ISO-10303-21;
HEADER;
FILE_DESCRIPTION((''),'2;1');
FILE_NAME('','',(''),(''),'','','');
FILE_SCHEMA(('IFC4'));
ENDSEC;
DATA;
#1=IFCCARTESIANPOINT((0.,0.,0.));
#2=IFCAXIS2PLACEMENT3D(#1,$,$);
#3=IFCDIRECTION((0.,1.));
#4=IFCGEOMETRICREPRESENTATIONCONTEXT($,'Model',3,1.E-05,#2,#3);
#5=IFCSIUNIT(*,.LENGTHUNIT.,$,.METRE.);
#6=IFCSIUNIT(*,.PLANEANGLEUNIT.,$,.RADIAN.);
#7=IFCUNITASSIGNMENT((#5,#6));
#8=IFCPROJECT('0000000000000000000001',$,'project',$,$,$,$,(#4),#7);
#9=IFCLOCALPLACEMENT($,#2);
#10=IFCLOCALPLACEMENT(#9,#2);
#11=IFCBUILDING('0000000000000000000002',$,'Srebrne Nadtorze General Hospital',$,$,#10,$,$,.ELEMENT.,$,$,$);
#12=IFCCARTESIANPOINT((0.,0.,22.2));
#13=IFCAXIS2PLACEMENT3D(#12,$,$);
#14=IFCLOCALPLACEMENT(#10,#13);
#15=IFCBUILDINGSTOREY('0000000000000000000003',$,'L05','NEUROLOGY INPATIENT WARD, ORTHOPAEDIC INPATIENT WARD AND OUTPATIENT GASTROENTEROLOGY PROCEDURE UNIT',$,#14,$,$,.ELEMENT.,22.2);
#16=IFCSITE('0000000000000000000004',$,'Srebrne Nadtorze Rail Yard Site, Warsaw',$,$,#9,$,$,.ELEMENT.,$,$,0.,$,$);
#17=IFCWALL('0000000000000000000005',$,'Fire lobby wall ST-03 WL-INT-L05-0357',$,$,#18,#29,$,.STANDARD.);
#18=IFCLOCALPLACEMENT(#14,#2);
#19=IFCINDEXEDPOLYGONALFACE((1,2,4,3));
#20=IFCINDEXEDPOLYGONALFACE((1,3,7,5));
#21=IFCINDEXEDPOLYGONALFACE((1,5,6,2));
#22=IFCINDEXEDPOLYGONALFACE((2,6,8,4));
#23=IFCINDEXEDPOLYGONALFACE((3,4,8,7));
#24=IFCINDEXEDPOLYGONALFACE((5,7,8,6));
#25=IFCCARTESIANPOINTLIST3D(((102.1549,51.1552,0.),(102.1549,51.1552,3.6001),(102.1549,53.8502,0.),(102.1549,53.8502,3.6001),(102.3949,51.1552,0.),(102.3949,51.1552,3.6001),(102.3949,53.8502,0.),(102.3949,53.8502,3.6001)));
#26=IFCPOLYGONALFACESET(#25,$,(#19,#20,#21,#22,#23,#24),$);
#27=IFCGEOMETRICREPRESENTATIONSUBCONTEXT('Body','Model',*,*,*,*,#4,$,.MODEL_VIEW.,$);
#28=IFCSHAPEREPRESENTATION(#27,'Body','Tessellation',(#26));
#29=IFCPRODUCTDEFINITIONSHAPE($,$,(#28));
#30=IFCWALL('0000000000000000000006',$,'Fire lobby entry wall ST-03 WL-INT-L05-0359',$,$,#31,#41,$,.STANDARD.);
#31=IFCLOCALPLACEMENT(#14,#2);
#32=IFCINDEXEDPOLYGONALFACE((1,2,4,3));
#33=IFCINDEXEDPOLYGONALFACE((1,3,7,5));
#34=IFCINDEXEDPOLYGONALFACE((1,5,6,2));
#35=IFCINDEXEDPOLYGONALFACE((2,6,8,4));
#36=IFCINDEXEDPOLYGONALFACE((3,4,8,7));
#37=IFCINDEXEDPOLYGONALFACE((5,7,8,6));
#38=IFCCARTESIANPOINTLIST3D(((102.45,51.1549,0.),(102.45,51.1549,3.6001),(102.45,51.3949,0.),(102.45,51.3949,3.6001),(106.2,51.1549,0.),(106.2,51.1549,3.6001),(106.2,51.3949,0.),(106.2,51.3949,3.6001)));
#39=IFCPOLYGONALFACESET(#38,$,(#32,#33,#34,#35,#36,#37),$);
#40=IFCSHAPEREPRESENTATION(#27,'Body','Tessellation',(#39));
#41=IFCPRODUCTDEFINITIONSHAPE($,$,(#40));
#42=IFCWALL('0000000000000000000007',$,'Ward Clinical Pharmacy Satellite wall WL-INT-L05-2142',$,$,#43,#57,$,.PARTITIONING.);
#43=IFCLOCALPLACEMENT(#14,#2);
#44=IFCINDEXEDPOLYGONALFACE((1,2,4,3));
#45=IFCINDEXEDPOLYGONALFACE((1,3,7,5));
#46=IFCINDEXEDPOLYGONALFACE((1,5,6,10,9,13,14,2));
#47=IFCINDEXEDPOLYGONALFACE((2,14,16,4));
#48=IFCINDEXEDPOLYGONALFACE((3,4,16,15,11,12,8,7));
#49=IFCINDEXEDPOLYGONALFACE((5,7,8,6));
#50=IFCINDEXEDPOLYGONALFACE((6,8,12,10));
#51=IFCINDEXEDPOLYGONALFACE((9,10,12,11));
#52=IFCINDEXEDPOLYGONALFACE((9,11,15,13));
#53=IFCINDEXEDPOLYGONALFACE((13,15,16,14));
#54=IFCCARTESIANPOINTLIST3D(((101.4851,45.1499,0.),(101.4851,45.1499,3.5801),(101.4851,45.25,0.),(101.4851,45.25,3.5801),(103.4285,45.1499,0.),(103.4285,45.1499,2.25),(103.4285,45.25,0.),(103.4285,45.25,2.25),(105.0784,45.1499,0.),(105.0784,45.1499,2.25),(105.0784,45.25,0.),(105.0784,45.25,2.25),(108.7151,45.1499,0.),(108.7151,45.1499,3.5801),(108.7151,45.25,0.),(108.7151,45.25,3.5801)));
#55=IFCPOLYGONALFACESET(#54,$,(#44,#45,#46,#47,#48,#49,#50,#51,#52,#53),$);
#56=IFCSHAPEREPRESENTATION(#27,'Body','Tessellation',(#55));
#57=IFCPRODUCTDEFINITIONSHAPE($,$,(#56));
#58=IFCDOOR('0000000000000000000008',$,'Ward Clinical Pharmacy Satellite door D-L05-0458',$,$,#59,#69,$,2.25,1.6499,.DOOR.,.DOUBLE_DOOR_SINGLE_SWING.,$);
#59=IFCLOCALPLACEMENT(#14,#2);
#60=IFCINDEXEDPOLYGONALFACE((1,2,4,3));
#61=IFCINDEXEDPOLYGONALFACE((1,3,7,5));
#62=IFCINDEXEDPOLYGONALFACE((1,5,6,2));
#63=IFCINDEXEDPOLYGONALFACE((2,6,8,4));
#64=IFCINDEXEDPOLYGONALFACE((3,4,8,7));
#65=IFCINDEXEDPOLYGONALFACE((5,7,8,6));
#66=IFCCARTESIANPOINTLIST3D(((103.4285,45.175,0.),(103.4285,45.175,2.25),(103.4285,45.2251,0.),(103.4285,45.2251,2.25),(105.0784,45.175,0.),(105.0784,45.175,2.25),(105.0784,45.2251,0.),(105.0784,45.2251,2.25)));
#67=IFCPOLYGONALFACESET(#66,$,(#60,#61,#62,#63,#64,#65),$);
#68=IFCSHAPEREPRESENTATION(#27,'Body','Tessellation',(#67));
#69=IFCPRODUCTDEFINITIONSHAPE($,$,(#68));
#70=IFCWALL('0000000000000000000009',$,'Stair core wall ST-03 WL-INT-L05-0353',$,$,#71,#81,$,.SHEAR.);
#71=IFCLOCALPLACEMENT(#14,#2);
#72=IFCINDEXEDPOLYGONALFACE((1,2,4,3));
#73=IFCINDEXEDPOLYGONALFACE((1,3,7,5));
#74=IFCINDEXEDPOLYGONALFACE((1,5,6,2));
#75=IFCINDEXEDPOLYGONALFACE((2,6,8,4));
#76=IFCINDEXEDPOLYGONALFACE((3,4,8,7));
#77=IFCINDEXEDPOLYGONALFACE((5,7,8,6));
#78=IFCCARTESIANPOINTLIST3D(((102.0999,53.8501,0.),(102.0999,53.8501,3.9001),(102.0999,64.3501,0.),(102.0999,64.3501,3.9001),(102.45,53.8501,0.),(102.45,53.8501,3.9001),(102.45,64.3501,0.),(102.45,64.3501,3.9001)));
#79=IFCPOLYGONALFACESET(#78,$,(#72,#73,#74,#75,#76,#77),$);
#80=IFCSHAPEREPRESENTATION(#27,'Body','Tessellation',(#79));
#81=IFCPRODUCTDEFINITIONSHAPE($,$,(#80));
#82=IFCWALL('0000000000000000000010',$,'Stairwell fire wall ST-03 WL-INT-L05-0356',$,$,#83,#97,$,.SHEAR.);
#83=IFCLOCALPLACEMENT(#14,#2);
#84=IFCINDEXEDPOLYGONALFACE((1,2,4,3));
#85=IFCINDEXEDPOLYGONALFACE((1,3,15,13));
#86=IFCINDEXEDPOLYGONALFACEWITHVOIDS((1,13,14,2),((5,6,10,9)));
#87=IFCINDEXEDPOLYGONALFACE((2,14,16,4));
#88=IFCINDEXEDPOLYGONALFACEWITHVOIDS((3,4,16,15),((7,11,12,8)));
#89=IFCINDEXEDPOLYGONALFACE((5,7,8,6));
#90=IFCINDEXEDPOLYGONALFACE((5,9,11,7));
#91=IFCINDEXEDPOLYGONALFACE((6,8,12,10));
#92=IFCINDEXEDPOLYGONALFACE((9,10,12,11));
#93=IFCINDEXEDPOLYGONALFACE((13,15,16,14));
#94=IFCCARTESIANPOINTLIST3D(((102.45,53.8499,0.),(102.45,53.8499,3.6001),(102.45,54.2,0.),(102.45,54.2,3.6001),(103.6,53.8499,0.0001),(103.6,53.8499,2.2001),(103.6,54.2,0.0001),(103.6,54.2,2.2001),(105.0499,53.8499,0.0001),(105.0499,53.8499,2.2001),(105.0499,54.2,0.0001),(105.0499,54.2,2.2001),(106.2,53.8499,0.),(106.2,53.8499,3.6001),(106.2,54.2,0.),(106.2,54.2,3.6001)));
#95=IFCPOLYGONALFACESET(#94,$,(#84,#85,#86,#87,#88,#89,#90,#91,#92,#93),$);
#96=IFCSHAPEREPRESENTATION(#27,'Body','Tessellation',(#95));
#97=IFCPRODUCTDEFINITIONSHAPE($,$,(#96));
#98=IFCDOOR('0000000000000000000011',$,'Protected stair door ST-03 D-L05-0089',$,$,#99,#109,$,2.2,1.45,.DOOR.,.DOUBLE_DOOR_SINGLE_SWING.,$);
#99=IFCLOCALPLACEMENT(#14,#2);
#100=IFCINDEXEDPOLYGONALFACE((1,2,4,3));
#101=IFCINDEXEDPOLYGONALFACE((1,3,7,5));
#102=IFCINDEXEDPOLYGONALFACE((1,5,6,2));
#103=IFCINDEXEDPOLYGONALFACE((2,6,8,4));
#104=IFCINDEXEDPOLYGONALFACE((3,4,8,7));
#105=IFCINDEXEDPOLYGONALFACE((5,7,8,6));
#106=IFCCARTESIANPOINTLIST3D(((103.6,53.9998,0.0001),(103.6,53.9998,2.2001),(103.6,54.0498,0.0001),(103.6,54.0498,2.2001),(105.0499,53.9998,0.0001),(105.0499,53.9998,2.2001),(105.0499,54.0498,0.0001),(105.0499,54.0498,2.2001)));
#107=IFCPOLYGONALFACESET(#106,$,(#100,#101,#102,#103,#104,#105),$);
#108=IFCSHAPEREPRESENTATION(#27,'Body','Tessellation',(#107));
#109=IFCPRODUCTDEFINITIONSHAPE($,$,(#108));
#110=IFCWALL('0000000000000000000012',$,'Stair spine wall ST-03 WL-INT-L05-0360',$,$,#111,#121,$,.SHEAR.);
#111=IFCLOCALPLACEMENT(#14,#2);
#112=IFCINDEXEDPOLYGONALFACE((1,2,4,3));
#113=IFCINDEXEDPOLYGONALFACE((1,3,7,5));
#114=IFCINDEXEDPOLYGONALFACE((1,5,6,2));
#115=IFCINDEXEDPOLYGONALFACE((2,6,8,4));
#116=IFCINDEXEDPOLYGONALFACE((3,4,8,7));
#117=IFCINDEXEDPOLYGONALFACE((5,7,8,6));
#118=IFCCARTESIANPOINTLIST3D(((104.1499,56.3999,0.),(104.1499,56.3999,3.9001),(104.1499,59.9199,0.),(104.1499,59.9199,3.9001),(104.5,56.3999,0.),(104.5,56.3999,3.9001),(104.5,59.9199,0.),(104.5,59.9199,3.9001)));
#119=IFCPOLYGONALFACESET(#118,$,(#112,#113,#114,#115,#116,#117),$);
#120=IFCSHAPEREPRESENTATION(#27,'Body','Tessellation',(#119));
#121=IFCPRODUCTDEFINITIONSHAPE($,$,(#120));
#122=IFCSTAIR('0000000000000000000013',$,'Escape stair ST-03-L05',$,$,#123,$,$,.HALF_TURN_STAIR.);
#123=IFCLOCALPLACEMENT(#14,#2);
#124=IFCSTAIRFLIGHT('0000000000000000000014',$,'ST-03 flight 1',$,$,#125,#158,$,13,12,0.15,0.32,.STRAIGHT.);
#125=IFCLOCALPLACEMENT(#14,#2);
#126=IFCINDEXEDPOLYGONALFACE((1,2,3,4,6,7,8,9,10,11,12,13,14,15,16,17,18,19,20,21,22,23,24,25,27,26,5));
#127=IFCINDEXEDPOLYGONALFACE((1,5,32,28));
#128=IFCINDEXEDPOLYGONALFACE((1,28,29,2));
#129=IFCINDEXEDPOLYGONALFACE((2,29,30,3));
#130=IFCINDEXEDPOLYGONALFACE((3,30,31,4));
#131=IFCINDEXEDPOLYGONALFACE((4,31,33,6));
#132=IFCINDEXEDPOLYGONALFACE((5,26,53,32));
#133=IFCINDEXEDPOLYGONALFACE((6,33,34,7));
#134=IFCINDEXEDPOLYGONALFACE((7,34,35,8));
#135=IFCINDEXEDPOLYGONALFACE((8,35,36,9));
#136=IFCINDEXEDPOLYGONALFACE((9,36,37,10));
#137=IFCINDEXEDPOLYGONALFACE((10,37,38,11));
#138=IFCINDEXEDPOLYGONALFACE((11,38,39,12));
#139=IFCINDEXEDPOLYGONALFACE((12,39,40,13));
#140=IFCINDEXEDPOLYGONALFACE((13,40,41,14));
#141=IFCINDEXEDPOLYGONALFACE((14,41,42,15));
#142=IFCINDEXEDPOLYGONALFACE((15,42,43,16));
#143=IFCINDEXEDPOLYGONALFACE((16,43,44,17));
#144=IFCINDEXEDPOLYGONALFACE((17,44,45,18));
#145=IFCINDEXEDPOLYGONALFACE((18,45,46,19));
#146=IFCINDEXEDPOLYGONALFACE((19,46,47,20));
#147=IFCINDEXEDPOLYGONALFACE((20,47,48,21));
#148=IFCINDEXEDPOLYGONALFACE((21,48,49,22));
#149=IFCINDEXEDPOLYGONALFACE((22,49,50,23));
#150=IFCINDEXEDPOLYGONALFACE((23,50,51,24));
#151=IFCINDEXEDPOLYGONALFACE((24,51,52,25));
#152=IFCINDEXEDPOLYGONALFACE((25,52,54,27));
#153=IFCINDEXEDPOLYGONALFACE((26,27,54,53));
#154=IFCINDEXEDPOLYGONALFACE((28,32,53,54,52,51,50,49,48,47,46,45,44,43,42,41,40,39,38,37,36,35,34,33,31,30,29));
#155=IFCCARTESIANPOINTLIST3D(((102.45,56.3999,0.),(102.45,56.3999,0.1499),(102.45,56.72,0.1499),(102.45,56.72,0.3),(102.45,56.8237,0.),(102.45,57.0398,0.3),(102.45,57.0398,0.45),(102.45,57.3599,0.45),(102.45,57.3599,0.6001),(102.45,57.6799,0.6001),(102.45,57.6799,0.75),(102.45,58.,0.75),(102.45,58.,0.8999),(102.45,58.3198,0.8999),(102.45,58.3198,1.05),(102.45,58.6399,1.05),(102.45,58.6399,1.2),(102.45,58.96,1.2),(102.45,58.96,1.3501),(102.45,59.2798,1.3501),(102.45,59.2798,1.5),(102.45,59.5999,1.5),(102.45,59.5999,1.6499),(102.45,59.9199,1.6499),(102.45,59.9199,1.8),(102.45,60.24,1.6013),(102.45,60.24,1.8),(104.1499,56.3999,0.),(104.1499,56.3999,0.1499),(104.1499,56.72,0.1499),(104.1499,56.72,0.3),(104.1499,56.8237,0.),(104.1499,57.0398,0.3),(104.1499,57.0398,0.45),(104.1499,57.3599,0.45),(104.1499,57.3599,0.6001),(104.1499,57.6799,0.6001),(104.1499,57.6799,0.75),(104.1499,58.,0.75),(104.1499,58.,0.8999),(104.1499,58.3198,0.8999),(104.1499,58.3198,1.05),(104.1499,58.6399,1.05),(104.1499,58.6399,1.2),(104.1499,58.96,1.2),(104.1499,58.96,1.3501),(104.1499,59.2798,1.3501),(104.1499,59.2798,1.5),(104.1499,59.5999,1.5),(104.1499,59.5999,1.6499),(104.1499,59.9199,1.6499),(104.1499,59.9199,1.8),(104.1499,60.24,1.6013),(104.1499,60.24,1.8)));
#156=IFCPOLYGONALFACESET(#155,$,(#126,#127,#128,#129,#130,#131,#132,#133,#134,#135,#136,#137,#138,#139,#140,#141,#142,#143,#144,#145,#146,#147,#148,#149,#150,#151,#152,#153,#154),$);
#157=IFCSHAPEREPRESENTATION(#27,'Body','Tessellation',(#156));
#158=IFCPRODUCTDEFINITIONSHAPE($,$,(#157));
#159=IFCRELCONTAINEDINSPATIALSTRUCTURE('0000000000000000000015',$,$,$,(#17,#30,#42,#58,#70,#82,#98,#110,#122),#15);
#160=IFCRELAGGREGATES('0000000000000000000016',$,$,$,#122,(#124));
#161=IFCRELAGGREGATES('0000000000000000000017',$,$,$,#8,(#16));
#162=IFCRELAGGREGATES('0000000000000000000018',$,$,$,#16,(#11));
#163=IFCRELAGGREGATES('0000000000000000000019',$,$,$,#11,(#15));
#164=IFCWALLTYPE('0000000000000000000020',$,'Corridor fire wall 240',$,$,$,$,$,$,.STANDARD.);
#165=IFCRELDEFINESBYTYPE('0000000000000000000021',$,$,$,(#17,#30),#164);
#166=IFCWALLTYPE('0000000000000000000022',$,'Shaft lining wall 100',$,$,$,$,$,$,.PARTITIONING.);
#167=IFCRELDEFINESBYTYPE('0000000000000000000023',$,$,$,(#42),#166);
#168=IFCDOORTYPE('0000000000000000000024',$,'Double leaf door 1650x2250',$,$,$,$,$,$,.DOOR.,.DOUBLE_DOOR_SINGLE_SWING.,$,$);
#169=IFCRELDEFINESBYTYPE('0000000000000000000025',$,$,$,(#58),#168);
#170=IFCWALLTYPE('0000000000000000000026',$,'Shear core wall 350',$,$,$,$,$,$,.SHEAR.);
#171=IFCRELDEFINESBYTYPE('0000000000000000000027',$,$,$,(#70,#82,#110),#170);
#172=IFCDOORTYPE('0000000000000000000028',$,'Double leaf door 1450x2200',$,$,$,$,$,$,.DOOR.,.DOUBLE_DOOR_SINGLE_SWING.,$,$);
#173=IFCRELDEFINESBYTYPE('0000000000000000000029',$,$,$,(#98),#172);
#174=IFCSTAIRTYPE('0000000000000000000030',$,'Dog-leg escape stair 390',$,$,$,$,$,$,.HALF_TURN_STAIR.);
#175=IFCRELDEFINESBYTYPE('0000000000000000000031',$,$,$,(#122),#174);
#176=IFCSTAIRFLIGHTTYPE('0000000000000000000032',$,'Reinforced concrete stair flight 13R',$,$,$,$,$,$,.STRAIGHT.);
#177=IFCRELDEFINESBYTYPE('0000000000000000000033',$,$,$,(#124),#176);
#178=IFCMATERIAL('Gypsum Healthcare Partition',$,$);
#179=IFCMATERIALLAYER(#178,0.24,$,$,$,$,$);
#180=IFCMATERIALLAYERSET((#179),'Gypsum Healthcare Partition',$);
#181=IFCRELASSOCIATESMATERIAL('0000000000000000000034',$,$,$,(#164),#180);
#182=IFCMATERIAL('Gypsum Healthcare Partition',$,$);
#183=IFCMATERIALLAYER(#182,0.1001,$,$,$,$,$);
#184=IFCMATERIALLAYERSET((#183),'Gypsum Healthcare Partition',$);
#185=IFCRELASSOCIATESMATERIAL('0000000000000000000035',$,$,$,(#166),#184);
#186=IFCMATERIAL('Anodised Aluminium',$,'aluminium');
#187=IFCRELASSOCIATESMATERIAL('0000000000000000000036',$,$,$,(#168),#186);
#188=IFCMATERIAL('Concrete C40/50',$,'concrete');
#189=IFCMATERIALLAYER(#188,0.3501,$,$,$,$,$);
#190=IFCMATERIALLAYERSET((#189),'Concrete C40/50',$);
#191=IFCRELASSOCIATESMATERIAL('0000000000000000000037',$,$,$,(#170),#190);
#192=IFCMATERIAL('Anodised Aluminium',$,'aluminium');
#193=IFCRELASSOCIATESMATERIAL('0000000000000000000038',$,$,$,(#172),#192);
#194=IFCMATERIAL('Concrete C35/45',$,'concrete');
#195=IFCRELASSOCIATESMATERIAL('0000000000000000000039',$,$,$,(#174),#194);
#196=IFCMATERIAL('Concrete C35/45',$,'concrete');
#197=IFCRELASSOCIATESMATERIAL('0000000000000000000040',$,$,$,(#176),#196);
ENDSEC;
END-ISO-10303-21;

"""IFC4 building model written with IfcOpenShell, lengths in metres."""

from ifc_helpers import new_model, si_unit, direction, frame, frame_2d, origin, place, context, subcontext, project, spatial, polyline, rectangle, outline, extrude, material, layer, layer_set, type_object, element, fill, aggregate, save


model = new_model("IFC4")

# Units and contexts
model_context = context("Model", 3, precision=1e-05, world=origin(), true_north=direction((0.0, 1.0)))
body_context = subcontext(model_context, "Body", "Model", "MODEL_VIEW")
ifc_project = project(units=[si_unit("LENGTHUNIT", "METRE"), si_unit("PLANEANGLEUNIT", "RADIAN")], contexts=[model_context])

# Site, building, storey
site_placement = place(None, origin())
site = spatial("IfcSite", under=ifc_project, at=site_placement, Name="Srebrne Nadtorze Rail Yard Site, Warsaw", CompositionType="ELEMENT", RefElevation=0.0)
building_placement = place(site_placement, origin())
building = spatial("IfcBuilding", under=site, at=building_placement, Name="Srebrne Nadtorze General Hospital", CompositionType="ELEMENT")
storey_placement = place(building_placement, frame((0.0, 0.0, 22.2)))
storey = spatial("IfcBuildingStorey", under=building, at=storey_placement, Name="L05", Description="NEUROLOGY INPATIENT WARD, ORTHOPAEDIC INPATIENT WARD AND OUTPATIENT GASTROENTEROLOGY PROCEDURE UNIT", CompositionType="ELEMENT", Elevation=22.2)

# Walls
ifc_material_1 = material(Name="Gypsum Healthcare Partition")
ifc_layer_1 = layer(ifc_material_1, 0.24)
ifc_layer_set_1 = layer_set([ifc_layer_1], Name="Gypsum Healthcare Partition")
wall_type_1 = type_object("IfcWallType", Name="Corridor fire wall 240", PredefinedType="STANDARD", material=ifc_layer_set_1)
wall_1_placement = place(storey_placement, frame((102.2749, 51.155, 0.0), z_axis=(0.0, 0.0, 1.0), x_axis=(0.0, 1.0, 0.0)))
element("IfcWall", 1, at=wall_1_placement, inside=storey, type_object=wall_type_1, Name="Fire lobby wall ST-03 WL-INT-L05-0357", PredefinedType="STANDARD", context=body_context, shape_type="SweptSolid", body=[
    extrude(rectangle(XDim=2.6951, YDim=0.24, at=frame_2d((1.3477, 0.0))), origin(), (0.0, 0.0, 1.0), 3.6001),
])
wall_2_placement = place(storey_placement, frame((102.45, 51.2749, 0.0), z_axis=(0.0, 0.0, 1.0), x_axis=(1.0, 0.0, 0.0)))
element("IfcWall", 2, at=wall_2_placement, inside=storey, type_object=wall_type_1, Name="Fire lobby entry wall ST-03 WL-INT-L05-0359", PredefinedType="STANDARD", context=body_context, shape_type="SweptSolid", body=[
    extrude(rectangle(XDim=3.75, YDim=0.24, at=frame_2d((1.875, 0.0))), origin(), (0.0, 0.0, 1.0), 3.6001),
])

# Wall, opening, door
ifc_material_2 = material(Name="Gypsum Healthcare Partition")
ifc_layer_2 = layer(ifc_material_2, 0.1001)
ifc_layer_set_2 = layer_set([ifc_layer_2], Name="Gypsum Healthcare Partition")
wall_type_2 = type_object("IfcWallType", Name="Shaft lining wall 100", PredefinedType="PARTITIONING", material=ifc_layer_set_2)
wall_3_placement = place(storey_placement, frame((101.4851, 45.2, 0.0), z_axis=(0.0, 0.0, 1.0), x_axis=(1.0, 0.0, 0.0)))
wall_3 = element("IfcWall", 3, at=wall_3_placement, inside=storey, type_object=wall_type_2, Name="Ward Clinical Pharmacy Satellite wall WL-INT-L05-2142", PredefinedType="PARTITIONING", context=body_context, shape_type="SweptSolid", body=[
    extrude(rectangle(XDim=7.23, YDim=0.1001, at=frame_2d((3.615, 0.0))), origin(), (0.0, 0.0, 1.0), 3.5801),
])
opening_1_placement = place(wall_3_placement, frame((1.9434, 0.0, 0.0)))
opening_1 = element("IfcOpeningElement", 4, at=opening_1_placement, cuts=wall_3, PredefinedType="OPENING", context=body_context, shape_type="SweptSolid", body=[
    extrude(rectangle(XDim=1.6499, YDim=2.25, at=frame_2d((0.825, 1.125))), frame((0.0, 0.062, 0.0), z_axis=(0.0, -1.0, 0.0), x_axis=(1.0, 0.0, 0.0)), (0.0, 0.0, 1.0), 0.124),
])
ifc_material_3 = material(Name="Anodised Aluminium", Category="aluminium")
door_type_1 = type_object("IfcDoorType", Name="Double leaf door 1650x2250", OperationType="DOUBLE_DOOR_SINGLE_SWING", PredefinedType="DOOR", material=ifc_material_3)
door_1_placement = place(opening_1_placement, frame((1.6499, 0.0, 0.0), z_axis=(0.0, 0.0, 1.0), x_axis=(-1.0, 0.0, 0.0)))
door_1 = element("IfcDoor", 5, at=door_1_placement, inside=storey, type_object=door_type_1, Name="Ward Clinical Pharmacy Satellite door D-L05-0458", OperationType="DOUBLE_DOOR_SINGLE_SWING", OverallHeight=2.25, OverallWidth=1.6499, PredefinedType="DOOR", context=body_context, shape_type="SweptSolid", body=[
    extrude(rectangle(XDim=1.6499, YDim=2.25, at=frame_2d((0.825, 1.125))), frame((0.0, 0.0249, 0.0), z_axis=(0.0, -1.0, 0.0), x_axis=(1.0, 0.0, 0.0)), (0.0, 0.0, 1.0), 0.05),
])
fill(opening_1, door_1)

# Wall
ifc_material_4 = material(Name="Concrete C40/50", Category="concrete")
ifc_layer_3 = layer(ifc_material_4, 0.3501)
ifc_layer_set_3 = layer_set([ifc_layer_3], Name="Concrete C40/50")
wall_type_3 = type_object("IfcWallType", Name="Shear core wall 350", PredefinedType="SHEAR", material=ifc_layer_set_3)
wall_4_placement = place(storey_placement, frame((102.2749, 53.8501, 0.0), z_axis=(0.0, 0.0, 1.0), x_axis=(0.0, 1.0, 0.0)))
element("IfcWall", 6, at=wall_4_placement, inside=storey, type_object=wall_type_3, Name="Stair core wall ST-03 WL-INT-L05-0353", PredefinedType="SHEAR", context=body_context, shape_type="SweptSolid", body=[
    extrude(rectangle(XDim=10.5, YDim=0.3501, at=frame_2d((5.25, 0.0))), origin(), (0.0, 0.0, 1.0), 3.9001),
])

# Wall, opening, door
wall_5_placement = place(storey_placement, frame((102.45, 54.0249, 0.0), z_axis=(0.0, 0.0, 1.0), x_axis=(1.0, 0.0, 0.0)))
wall_5 = element("IfcWall", 7, at=wall_5_placement, inside=storey, type_object=wall_type_3, Name="Stairwell fire wall ST-03 WL-INT-L05-0356", PredefinedType="SHEAR", context=body_context, shape_type="SweptSolid", body=[
    extrude(rectangle(XDim=3.75, YDim=0.3501, at=frame_2d((1.875, 0.0))), origin(), (0.0, 0.0, 1.0), 3.6001),
])
opening_2_placement = place(wall_5_placement, frame((1.1499, 0.0, 0.0)))
opening_2 = element("IfcOpeningElement", 8, at=opening_2_placement, cuts=wall_5, PredefinedType="OPENING", context=body_context, shape_type="SweptSolid", body=[
    extrude(rectangle(XDim=1.45, YDim=2.2, at=frame_2d((0.7251, 1.1001))), frame((0.0, 0.187, 0.0), z_axis=(0.0, -1.0, 0.0), x_axis=(1.0, 0.0, 0.0)), (0.0, 0.0, 1.0), 0.374),
])
ifc_material_5 = material(Name="Anodised Aluminium", Category="aluminium")
door_type_2 = type_object("IfcDoorType", Name="Double leaf door 1450x2200", OperationType="DOUBLE_DOOR_SINGLE_SWING", PredefinedType="DOOR", material=ifc_material_5)
door_2_placement = place(opening_2_placement, origin())
door_2 = element("IfcDoor", 9, at=door_2_placement, inside=storey, type_object=door_type_2, Name="Protected stair door ST-03 D-L05-0089", OperationType="DOUBLE_DOOR_SINGLE_SWING", OverallHeight=2.2, OverallWidth=1.45, PredefinedType="DOOR", context=body_context, shape_type="SweptSolid", body=[
    extrude(rectangle(XDim=1.45, YDim=2.2, at=frame_2d((0.7251, 1.1001))), frame((0.0, 0.0249, 0.0), z_axis=(0.0, -1.0, 0.0), x_axis=(1.0, 0.0, 0.0)), (0.0, 0.0, 1.0), 0.05),
])
fill(opening_2, door_2)

# Wall
wall_6_placement = place(storey_placement, frame((104.325, 56.3999, 0.0), z_axis=(0.0, 0.0, 1.0), x_axis=(0.0, 1.0, 0.0)))
element("IfcWall", 10, at=wall_6_placement, inside=storey, type_object=wall_type_3, Name="Stair spine wall ST-03 WL-INT-L05-0360", PredefinedType="SHEAR", context=body_context, shape_type="SweptSolid", body=[
    extrude(rectangle(XDim=3.52, YDim=0.3501, at=frame_2d((1.76, 0.0))), origin(), (0.0, 0.0, 1.0), 3.9001),
])

# Stair, stair flight
ifc_material_6 = material(Name="Concrete C35/45", Category="concrete")
stair_type = type_object("IfcStairType", Name="Dog-leg escape stair 390", PredefinedType="HALF_TURN_STAIR", material=ifc_material_6)
stair_placement = place(storey_placement, origin())
stair = element("IfcStair", 11, at=stair_placement, inside=storey, type_object=stair_type, Name="Escape stair ST-03-L05", PredefinedType="HALF_TURN_STAIR")
ifc_material_7 = material(Name="Concrete C35/45", Category="concrete")
stair_flight_type = type_object("IfcStairFlightType", Name="Reinforced concrete stair flight 13R", PredefinedType="STRAIGHT", material=ifc_material_7)
stair_flight_placement = place(storey_placement, frame((103.3, 56.3999, 0.0), z_axis=(0.0, 0.0, 1.0), x_axis=(0.0, 1.0, 0.0)))
stair_flight = element("IfcStairFlight", 12, at=stair_flight_placement, type_object=stair_flight_type, Name="ST-03 flight 1", NumberOfRisers=13, NumberOfTreads=12, PredefinedType="STRAIGHT", RiserHeight=0.15, TreadLength=0.32, context=body_context, shape_type="SweptSolid", body=[
    extrude(outline(polyline([(0.0, 0.0), (0.0, 0.1499), (0.3201, 0.1499), (0.3201, 0.3), (0.6399, 0.3), (0.6399, 0.45), (0.96, 0.45), (0.96, 0.6001), (1.28, 0.6001), (1.28, 0.75), (1.6001, 0.75), (1.6001, 0.8999), (1.9199, 0.8999), (1.9199, 1.05), (2.24, 1.05), (2.24, 1.2), (2.5601, 1.2), (2.5601, 1.3501), (2.8799, 1.3501), (2.8799, 1.5), (3.2, 1.5), (3.2, 1.6499), (3.52, 1.6499), (3.52, 1.8), (3.8401, 1.8), (3.8401, 1.95), (3.8401, 1.6013), (0.4238, 0.0), (0.0, 0.0)])), frame((0.0, 0.8501, 0.0), z_axis=(0.0, -1.0, 0.0), x_axis=(1.0, 0.0, 0.0)), (0.0, 0.0, 1.0), 1.7),
])
aggregate(stair, [stair_flight])

save(model, "model.ifc")
